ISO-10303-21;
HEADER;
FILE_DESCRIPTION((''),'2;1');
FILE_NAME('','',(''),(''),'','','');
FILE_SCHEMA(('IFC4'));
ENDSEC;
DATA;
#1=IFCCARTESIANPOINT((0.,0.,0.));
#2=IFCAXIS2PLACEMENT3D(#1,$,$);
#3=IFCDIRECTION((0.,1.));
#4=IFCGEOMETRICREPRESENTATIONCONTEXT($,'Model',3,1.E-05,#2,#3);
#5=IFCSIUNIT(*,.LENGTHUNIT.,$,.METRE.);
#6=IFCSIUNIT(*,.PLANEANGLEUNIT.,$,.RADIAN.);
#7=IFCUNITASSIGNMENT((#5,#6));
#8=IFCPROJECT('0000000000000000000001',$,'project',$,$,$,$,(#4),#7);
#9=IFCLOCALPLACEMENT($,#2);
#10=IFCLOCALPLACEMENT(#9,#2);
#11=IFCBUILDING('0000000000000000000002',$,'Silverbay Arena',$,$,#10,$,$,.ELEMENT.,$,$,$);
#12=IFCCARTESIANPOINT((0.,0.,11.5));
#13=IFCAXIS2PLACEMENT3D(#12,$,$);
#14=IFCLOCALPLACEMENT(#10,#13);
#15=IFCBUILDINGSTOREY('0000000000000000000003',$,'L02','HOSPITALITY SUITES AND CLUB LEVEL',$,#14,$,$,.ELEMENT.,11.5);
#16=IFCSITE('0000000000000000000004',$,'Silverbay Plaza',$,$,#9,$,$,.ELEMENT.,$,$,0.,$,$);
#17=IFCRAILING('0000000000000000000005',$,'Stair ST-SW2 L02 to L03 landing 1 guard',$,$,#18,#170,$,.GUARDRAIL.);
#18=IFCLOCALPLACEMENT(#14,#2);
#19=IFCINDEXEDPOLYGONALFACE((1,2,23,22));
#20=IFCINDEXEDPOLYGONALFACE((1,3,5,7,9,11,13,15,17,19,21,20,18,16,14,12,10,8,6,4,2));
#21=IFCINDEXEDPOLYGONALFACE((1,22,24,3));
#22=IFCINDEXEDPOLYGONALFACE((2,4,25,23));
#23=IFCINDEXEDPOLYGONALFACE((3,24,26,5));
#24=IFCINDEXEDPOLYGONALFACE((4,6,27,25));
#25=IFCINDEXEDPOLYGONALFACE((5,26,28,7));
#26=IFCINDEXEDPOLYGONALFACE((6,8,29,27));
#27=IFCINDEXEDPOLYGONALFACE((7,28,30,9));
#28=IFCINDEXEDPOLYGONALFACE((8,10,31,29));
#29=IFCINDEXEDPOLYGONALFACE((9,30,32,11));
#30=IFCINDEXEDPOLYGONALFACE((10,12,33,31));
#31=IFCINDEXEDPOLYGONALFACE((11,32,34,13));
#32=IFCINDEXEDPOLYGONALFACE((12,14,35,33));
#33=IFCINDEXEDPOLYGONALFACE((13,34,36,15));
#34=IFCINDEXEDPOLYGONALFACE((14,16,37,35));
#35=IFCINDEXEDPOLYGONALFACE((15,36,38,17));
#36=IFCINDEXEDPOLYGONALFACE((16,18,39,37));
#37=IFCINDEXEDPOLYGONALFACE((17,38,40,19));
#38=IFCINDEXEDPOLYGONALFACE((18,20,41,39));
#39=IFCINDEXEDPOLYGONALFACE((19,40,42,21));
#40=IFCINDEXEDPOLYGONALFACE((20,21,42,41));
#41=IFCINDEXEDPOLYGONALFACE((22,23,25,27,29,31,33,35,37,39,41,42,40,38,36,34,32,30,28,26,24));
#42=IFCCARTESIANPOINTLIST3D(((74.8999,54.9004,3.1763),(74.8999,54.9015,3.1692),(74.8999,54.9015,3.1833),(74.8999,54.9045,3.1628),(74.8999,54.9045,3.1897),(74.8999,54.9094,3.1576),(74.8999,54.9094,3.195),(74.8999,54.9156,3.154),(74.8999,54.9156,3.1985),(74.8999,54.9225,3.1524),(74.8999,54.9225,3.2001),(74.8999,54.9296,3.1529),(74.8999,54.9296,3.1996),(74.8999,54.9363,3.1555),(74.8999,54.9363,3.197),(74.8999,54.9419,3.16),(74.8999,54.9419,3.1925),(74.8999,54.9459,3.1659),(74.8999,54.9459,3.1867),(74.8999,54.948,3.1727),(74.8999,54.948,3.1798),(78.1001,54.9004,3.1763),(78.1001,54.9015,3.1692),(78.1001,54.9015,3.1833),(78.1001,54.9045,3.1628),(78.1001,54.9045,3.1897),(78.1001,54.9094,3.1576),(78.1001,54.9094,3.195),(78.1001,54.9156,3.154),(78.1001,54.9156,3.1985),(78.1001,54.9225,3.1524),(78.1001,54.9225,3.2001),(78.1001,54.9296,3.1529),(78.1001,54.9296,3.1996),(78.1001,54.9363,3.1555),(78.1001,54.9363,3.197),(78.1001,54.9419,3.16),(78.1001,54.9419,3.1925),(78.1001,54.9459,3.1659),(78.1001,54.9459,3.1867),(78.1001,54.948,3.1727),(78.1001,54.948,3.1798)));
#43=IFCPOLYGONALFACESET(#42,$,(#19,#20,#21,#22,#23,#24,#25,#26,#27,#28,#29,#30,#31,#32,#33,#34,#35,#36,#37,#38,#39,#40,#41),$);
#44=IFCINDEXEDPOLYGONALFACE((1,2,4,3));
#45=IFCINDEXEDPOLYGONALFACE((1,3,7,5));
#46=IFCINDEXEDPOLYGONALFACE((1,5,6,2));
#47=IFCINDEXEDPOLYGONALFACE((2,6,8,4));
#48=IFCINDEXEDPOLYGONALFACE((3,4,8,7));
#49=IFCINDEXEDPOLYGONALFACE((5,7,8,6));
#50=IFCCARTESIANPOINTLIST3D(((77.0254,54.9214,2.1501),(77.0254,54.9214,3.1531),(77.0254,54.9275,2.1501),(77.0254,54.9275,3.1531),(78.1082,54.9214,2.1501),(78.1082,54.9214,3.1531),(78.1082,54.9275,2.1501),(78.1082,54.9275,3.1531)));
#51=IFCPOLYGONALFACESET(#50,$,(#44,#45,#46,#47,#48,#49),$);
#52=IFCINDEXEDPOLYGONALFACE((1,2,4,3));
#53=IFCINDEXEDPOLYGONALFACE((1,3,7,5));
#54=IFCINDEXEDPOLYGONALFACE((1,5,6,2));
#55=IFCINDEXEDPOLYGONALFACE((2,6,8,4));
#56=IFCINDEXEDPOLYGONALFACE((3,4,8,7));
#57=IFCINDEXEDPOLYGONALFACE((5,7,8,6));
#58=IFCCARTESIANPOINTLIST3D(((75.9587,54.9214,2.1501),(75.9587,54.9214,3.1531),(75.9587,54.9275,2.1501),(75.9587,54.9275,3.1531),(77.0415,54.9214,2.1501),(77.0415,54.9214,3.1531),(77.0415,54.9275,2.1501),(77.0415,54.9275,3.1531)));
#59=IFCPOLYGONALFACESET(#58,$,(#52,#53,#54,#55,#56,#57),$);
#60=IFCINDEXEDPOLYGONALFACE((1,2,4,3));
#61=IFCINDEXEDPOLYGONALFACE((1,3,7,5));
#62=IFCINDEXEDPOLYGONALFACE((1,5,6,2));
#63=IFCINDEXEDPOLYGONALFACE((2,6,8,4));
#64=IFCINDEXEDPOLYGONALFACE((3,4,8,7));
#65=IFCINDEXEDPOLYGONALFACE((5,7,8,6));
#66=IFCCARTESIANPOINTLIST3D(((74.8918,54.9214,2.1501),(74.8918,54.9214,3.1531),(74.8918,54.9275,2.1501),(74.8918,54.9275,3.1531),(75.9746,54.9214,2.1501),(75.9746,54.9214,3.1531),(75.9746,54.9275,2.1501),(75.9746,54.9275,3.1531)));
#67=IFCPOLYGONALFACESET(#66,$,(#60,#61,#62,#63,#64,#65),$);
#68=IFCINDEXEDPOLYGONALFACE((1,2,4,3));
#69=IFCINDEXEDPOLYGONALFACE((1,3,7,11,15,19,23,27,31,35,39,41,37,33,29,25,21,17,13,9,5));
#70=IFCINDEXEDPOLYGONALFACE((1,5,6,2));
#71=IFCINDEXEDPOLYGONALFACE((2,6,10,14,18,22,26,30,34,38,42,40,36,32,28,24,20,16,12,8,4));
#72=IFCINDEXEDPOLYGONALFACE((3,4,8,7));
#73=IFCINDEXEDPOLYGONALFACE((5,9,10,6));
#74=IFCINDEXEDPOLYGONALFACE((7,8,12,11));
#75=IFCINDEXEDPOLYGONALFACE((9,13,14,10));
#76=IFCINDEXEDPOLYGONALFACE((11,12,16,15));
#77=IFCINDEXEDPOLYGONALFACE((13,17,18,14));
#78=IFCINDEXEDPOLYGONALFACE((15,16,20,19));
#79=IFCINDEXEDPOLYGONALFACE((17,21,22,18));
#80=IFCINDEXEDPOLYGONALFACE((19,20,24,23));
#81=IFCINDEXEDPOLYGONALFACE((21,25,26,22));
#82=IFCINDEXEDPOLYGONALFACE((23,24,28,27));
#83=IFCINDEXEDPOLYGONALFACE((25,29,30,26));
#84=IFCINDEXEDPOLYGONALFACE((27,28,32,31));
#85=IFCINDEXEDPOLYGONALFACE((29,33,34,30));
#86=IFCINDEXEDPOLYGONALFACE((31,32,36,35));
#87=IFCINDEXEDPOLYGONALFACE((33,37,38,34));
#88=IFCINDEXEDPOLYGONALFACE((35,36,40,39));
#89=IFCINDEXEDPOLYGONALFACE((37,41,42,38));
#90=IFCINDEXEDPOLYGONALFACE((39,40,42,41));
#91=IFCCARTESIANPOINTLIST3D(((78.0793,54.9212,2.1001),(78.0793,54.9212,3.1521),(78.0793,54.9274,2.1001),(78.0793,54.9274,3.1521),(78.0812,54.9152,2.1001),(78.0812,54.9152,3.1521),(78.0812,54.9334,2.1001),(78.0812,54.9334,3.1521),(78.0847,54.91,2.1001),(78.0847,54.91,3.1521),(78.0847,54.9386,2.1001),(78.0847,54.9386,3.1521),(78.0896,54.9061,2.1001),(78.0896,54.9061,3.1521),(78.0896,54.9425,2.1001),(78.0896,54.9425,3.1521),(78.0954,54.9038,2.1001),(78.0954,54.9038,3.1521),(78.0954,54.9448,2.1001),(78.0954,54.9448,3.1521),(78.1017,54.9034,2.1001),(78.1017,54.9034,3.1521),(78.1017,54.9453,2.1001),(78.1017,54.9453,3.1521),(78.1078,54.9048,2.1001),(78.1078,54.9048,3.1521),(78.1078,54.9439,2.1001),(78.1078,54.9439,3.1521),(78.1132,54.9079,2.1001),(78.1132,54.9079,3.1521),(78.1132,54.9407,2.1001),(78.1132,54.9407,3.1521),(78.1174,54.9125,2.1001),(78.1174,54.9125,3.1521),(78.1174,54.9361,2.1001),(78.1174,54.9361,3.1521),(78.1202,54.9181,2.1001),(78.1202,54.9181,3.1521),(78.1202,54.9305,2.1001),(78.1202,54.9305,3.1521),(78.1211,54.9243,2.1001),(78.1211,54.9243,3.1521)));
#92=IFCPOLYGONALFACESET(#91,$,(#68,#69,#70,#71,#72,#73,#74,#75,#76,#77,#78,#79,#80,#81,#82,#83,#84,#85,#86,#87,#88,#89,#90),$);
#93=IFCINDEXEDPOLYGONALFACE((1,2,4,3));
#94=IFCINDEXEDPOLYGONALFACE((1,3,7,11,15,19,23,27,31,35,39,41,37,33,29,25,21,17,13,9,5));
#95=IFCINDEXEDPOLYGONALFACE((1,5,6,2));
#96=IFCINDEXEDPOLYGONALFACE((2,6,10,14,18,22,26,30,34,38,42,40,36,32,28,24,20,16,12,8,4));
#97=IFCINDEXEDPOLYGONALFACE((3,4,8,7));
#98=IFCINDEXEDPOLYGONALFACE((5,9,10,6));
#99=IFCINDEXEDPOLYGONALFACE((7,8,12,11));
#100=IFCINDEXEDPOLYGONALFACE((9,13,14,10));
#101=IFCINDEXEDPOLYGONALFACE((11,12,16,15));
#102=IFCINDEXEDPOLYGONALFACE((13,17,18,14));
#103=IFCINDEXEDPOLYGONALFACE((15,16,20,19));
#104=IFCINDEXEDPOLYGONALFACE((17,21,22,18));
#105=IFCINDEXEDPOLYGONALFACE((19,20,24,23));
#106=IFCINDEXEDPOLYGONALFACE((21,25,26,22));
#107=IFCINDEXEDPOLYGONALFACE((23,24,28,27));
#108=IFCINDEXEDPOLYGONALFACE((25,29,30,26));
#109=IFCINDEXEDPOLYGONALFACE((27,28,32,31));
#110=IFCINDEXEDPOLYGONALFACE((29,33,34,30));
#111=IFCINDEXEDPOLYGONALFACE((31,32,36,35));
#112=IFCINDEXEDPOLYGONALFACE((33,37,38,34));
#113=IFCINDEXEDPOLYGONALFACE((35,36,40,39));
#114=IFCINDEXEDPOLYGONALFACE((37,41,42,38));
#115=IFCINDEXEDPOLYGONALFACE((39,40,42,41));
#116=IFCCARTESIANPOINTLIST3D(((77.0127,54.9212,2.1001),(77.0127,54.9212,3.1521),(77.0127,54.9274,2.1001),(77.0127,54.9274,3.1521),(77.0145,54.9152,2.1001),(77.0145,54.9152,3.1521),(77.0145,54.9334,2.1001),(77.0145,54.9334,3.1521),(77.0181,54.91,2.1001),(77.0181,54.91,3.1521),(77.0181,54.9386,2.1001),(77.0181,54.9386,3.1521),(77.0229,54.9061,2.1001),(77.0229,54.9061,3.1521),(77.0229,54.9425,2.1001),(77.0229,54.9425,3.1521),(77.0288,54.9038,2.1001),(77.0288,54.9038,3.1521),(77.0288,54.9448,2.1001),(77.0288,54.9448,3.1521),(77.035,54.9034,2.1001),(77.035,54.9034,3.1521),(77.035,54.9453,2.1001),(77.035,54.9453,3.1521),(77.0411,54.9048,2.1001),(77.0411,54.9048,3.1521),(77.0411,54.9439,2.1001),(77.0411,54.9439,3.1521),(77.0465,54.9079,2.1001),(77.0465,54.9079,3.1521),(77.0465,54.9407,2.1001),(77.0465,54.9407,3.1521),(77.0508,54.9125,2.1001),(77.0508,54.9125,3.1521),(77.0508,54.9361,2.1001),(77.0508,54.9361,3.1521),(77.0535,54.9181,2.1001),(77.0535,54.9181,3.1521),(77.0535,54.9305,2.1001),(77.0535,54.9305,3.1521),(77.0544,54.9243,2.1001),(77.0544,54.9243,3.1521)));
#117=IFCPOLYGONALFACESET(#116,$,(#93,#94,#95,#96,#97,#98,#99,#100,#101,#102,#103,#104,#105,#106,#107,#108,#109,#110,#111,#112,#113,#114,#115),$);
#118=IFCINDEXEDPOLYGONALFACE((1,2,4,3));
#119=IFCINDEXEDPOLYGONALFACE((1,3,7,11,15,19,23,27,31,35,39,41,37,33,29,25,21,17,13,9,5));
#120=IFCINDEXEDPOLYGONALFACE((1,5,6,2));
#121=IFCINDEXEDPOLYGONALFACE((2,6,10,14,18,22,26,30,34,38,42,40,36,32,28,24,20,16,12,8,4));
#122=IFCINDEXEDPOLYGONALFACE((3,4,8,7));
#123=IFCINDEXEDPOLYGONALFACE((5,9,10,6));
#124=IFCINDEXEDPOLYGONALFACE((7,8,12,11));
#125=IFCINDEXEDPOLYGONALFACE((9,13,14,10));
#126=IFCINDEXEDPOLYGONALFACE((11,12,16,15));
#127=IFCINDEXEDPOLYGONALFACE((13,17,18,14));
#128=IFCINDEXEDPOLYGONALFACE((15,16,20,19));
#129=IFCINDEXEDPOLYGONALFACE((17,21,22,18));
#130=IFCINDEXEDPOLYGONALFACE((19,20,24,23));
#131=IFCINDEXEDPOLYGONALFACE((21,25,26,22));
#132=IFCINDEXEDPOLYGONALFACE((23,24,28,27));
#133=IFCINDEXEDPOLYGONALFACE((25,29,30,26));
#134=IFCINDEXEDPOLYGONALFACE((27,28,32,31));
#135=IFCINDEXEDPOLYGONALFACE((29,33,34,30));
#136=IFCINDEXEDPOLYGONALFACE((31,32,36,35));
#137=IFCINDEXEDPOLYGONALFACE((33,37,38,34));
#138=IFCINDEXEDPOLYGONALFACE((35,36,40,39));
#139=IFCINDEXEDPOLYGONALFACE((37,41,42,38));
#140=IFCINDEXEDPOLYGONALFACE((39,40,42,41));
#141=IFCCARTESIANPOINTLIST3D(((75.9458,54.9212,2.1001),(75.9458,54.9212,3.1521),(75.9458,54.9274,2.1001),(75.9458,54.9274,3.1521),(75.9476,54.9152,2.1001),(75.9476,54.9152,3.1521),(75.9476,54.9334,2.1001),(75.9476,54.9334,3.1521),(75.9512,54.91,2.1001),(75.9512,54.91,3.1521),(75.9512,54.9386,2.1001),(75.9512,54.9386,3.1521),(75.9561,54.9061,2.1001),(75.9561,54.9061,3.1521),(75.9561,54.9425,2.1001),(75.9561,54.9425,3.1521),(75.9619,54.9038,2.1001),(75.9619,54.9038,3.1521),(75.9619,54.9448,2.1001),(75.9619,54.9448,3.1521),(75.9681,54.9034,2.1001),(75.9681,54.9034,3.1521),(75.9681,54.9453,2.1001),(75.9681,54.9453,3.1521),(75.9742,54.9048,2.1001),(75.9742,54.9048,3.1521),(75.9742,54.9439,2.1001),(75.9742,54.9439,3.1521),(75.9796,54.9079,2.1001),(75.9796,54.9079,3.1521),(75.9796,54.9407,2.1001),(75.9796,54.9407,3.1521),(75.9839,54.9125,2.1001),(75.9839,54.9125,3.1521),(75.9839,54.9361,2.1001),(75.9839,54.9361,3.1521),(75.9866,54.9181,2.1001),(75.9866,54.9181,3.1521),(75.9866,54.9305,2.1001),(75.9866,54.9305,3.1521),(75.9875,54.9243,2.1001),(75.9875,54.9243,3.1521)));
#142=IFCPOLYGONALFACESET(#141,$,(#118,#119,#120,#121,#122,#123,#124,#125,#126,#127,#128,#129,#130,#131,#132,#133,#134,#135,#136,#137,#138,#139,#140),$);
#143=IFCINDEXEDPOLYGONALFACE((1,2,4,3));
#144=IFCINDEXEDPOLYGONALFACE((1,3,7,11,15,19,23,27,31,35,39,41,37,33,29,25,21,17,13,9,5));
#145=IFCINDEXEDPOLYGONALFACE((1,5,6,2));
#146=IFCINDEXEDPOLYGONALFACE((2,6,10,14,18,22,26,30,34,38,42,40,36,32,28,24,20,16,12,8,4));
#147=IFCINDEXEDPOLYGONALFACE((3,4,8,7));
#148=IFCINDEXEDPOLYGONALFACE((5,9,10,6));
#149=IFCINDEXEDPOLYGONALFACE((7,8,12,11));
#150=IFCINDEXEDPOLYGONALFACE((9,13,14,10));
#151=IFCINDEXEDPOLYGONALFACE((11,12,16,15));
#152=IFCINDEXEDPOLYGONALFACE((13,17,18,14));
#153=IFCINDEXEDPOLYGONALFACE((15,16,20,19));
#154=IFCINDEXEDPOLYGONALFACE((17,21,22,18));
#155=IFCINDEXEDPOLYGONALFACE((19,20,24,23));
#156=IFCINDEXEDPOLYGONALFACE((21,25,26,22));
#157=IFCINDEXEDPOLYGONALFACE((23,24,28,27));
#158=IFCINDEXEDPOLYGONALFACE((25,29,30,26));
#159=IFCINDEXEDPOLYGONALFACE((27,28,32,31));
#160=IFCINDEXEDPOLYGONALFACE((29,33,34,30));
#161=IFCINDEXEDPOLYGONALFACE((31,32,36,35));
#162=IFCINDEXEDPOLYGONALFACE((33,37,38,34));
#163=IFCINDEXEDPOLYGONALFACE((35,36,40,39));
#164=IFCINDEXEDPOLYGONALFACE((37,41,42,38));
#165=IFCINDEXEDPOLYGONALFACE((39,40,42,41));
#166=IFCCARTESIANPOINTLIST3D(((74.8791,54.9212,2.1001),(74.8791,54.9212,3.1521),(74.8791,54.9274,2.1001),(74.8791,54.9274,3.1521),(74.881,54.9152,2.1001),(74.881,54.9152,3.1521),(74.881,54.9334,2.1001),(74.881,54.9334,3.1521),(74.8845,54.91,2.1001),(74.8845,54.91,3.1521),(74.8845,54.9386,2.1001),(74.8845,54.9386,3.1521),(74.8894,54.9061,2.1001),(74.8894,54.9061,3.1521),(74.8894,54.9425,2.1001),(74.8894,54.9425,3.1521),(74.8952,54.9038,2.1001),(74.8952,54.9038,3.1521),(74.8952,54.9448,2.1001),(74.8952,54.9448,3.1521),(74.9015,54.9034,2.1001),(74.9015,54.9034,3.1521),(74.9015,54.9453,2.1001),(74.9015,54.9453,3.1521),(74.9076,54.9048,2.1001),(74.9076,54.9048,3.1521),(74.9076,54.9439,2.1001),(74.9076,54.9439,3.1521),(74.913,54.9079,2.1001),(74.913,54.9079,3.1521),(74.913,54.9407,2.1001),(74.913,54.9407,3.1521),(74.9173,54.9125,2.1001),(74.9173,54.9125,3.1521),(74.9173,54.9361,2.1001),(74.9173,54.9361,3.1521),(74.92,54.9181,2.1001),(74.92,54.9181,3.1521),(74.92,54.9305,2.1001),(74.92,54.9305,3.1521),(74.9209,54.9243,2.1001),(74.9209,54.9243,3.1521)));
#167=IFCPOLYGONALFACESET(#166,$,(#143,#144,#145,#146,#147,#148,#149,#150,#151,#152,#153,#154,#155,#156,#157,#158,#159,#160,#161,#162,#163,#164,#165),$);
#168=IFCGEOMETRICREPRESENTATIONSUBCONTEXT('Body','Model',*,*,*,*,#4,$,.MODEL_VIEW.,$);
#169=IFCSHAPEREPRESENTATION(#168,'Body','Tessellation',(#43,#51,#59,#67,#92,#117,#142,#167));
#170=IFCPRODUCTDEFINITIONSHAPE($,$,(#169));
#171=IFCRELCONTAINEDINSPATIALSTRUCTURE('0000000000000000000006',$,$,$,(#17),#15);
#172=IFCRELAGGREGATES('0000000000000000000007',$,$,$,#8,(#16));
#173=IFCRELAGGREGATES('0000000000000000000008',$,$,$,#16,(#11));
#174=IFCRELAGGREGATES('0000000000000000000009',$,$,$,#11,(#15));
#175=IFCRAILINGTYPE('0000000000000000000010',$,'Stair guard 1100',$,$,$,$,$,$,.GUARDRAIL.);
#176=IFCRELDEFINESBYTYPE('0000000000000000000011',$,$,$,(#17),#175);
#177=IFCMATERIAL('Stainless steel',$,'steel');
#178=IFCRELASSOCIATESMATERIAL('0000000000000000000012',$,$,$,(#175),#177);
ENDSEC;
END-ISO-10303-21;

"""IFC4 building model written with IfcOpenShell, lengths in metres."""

from ifc_helpers import new_model, si_unit, direction, frame, origin, origin_2d, place, context, subcontext, project, spatial, polyline, circle, outline, extrude, material, type_object, element, save


model = new_model("IFC4")

# Units and contexts
model_context = context("Model", 3, precision=1e-05, world=origin(), true_north=direction((0.0, 1.0)))
body_context = subcontext(model_context, "Body", "Model", "MODEL_VIEW")
ifc_project = project(units=[si_unit("LENGTHUNIT", "METRE"), si_unit("PLANEANGLEUNIT", "RADIAN")], contexts=[model_context])

# Site, building, storey
site_placement = place(None, origin())
site = spatial("IfcSite", under=ifc_project, at=site_placement, Name="Silverbay Plaza", CompositionType="ELEMENT", RefElevation=0.0)
building_placement = place(site_placement, origin())
building = spatial("IfcBuilding", under=site, at=building_placement, Name="Silverbay Arena", CompositionType="ELEMENT")
storey_placement = place(building_placement, frame((0.0, 0.0, 11.5)))
storey = spatial("IfcBuildingStorey", under=building, at=storey_placement, Name="L02", Description="HOSPITALITY SUITES AND CLUB LEVEL", CompositionType="ELEMENT", Elevation=11.5)

# Railing
ifc_material_1 = material(Name="Stainless steel", Category="steel")
railing_type_1 = type_object("IfcRailingType", Name="Stair guard 1100", PredefinedType="GUARDRAIL", material=ifc_material_1)
for number, where, name in (
    (1, (78.1001, 54.9243, 2.1001), "Stair ST-SW2 L02 to L03 landing 1 guard"),
):
    element("IfcRailing", number, at=place(storey_placement, frame(where)), inside=storey, type_object=railing_type_1, Name=name, PredefinedType="GUARDRAIL", context=body_context, shape_type="SweptSolid", body=[
        extrude(circle(Radius=0.0239, at=origin_2d()), frame((0.0, 0.0, 1.0762), z_axis=(-1.0, 0.0, 0.0), x_axis=(0.0, -1.0, 0.0)), (0.0, 0.0, 1.0), 3.2002),
        extrude(outline(polyline([(-0.0081, 0.05), (1.0747, 0.05), (1.0747, 1.053), (-0.0081, 1.053), (-0.0081, 0.05)])), frame((0.0, -0.0029, 0.0), z_axis=(0.0, 1.0, 0.0), x_axis=(-1.0, 0.0, 0.0)), (0.0, 0.0, 1.0), 0.0061),
        extrude(outline(polyline([(-0.0081, 0.05), (1.0747, 0.05), (1.0747, 1.053), (-0.0081, 1.053), (-0.0081, 0.05)])), frame((-1.0667, -0.0029, 0.0), z_axis=(0.0, 1.0, 0.0), x_axis=(-1.0, 0.0, 0.0)), (0.0, 0.0, 1.0), 0.0061),
        extrude(outline(polyline([(-0.0081, 0.05), (1.0747, 0.05), (1.0747, 1.053), (-0.0081, 1.053), (-0.0081, 0.05)])), frame((-2.1335, -0.0029, 0.0), z_axis=(0.0, 1.0, 0.0), x_axis=(-1.0, 0.0, 0.0)), (0.0, 0.0, 1.0), 0.0061),
        extrude(circle(Radius=0.021, at=origin_2d()), origin(), (0.0, 0.0, 1.0), 1.052),
        extrude(circle(Radius=0.021, at=origin_2d()), frame((-1.0667, 0.0, 0.0)), (0.0, 0.0, 1.0), 1.052),
        extrude(circle(Radius=0.021, at=origin_2d()), frame((-2.1335, 0.0, 0.0)), (0.0, 0.0, 1.0), 1.052),
        extrude(circle(Radius=0.021, at=origin_2d()), frame((-3.2002, 0.0, 0.0)), (0.0, 0.0, 1.0), 1.052),
    ])

save(model, "model.ifc")
